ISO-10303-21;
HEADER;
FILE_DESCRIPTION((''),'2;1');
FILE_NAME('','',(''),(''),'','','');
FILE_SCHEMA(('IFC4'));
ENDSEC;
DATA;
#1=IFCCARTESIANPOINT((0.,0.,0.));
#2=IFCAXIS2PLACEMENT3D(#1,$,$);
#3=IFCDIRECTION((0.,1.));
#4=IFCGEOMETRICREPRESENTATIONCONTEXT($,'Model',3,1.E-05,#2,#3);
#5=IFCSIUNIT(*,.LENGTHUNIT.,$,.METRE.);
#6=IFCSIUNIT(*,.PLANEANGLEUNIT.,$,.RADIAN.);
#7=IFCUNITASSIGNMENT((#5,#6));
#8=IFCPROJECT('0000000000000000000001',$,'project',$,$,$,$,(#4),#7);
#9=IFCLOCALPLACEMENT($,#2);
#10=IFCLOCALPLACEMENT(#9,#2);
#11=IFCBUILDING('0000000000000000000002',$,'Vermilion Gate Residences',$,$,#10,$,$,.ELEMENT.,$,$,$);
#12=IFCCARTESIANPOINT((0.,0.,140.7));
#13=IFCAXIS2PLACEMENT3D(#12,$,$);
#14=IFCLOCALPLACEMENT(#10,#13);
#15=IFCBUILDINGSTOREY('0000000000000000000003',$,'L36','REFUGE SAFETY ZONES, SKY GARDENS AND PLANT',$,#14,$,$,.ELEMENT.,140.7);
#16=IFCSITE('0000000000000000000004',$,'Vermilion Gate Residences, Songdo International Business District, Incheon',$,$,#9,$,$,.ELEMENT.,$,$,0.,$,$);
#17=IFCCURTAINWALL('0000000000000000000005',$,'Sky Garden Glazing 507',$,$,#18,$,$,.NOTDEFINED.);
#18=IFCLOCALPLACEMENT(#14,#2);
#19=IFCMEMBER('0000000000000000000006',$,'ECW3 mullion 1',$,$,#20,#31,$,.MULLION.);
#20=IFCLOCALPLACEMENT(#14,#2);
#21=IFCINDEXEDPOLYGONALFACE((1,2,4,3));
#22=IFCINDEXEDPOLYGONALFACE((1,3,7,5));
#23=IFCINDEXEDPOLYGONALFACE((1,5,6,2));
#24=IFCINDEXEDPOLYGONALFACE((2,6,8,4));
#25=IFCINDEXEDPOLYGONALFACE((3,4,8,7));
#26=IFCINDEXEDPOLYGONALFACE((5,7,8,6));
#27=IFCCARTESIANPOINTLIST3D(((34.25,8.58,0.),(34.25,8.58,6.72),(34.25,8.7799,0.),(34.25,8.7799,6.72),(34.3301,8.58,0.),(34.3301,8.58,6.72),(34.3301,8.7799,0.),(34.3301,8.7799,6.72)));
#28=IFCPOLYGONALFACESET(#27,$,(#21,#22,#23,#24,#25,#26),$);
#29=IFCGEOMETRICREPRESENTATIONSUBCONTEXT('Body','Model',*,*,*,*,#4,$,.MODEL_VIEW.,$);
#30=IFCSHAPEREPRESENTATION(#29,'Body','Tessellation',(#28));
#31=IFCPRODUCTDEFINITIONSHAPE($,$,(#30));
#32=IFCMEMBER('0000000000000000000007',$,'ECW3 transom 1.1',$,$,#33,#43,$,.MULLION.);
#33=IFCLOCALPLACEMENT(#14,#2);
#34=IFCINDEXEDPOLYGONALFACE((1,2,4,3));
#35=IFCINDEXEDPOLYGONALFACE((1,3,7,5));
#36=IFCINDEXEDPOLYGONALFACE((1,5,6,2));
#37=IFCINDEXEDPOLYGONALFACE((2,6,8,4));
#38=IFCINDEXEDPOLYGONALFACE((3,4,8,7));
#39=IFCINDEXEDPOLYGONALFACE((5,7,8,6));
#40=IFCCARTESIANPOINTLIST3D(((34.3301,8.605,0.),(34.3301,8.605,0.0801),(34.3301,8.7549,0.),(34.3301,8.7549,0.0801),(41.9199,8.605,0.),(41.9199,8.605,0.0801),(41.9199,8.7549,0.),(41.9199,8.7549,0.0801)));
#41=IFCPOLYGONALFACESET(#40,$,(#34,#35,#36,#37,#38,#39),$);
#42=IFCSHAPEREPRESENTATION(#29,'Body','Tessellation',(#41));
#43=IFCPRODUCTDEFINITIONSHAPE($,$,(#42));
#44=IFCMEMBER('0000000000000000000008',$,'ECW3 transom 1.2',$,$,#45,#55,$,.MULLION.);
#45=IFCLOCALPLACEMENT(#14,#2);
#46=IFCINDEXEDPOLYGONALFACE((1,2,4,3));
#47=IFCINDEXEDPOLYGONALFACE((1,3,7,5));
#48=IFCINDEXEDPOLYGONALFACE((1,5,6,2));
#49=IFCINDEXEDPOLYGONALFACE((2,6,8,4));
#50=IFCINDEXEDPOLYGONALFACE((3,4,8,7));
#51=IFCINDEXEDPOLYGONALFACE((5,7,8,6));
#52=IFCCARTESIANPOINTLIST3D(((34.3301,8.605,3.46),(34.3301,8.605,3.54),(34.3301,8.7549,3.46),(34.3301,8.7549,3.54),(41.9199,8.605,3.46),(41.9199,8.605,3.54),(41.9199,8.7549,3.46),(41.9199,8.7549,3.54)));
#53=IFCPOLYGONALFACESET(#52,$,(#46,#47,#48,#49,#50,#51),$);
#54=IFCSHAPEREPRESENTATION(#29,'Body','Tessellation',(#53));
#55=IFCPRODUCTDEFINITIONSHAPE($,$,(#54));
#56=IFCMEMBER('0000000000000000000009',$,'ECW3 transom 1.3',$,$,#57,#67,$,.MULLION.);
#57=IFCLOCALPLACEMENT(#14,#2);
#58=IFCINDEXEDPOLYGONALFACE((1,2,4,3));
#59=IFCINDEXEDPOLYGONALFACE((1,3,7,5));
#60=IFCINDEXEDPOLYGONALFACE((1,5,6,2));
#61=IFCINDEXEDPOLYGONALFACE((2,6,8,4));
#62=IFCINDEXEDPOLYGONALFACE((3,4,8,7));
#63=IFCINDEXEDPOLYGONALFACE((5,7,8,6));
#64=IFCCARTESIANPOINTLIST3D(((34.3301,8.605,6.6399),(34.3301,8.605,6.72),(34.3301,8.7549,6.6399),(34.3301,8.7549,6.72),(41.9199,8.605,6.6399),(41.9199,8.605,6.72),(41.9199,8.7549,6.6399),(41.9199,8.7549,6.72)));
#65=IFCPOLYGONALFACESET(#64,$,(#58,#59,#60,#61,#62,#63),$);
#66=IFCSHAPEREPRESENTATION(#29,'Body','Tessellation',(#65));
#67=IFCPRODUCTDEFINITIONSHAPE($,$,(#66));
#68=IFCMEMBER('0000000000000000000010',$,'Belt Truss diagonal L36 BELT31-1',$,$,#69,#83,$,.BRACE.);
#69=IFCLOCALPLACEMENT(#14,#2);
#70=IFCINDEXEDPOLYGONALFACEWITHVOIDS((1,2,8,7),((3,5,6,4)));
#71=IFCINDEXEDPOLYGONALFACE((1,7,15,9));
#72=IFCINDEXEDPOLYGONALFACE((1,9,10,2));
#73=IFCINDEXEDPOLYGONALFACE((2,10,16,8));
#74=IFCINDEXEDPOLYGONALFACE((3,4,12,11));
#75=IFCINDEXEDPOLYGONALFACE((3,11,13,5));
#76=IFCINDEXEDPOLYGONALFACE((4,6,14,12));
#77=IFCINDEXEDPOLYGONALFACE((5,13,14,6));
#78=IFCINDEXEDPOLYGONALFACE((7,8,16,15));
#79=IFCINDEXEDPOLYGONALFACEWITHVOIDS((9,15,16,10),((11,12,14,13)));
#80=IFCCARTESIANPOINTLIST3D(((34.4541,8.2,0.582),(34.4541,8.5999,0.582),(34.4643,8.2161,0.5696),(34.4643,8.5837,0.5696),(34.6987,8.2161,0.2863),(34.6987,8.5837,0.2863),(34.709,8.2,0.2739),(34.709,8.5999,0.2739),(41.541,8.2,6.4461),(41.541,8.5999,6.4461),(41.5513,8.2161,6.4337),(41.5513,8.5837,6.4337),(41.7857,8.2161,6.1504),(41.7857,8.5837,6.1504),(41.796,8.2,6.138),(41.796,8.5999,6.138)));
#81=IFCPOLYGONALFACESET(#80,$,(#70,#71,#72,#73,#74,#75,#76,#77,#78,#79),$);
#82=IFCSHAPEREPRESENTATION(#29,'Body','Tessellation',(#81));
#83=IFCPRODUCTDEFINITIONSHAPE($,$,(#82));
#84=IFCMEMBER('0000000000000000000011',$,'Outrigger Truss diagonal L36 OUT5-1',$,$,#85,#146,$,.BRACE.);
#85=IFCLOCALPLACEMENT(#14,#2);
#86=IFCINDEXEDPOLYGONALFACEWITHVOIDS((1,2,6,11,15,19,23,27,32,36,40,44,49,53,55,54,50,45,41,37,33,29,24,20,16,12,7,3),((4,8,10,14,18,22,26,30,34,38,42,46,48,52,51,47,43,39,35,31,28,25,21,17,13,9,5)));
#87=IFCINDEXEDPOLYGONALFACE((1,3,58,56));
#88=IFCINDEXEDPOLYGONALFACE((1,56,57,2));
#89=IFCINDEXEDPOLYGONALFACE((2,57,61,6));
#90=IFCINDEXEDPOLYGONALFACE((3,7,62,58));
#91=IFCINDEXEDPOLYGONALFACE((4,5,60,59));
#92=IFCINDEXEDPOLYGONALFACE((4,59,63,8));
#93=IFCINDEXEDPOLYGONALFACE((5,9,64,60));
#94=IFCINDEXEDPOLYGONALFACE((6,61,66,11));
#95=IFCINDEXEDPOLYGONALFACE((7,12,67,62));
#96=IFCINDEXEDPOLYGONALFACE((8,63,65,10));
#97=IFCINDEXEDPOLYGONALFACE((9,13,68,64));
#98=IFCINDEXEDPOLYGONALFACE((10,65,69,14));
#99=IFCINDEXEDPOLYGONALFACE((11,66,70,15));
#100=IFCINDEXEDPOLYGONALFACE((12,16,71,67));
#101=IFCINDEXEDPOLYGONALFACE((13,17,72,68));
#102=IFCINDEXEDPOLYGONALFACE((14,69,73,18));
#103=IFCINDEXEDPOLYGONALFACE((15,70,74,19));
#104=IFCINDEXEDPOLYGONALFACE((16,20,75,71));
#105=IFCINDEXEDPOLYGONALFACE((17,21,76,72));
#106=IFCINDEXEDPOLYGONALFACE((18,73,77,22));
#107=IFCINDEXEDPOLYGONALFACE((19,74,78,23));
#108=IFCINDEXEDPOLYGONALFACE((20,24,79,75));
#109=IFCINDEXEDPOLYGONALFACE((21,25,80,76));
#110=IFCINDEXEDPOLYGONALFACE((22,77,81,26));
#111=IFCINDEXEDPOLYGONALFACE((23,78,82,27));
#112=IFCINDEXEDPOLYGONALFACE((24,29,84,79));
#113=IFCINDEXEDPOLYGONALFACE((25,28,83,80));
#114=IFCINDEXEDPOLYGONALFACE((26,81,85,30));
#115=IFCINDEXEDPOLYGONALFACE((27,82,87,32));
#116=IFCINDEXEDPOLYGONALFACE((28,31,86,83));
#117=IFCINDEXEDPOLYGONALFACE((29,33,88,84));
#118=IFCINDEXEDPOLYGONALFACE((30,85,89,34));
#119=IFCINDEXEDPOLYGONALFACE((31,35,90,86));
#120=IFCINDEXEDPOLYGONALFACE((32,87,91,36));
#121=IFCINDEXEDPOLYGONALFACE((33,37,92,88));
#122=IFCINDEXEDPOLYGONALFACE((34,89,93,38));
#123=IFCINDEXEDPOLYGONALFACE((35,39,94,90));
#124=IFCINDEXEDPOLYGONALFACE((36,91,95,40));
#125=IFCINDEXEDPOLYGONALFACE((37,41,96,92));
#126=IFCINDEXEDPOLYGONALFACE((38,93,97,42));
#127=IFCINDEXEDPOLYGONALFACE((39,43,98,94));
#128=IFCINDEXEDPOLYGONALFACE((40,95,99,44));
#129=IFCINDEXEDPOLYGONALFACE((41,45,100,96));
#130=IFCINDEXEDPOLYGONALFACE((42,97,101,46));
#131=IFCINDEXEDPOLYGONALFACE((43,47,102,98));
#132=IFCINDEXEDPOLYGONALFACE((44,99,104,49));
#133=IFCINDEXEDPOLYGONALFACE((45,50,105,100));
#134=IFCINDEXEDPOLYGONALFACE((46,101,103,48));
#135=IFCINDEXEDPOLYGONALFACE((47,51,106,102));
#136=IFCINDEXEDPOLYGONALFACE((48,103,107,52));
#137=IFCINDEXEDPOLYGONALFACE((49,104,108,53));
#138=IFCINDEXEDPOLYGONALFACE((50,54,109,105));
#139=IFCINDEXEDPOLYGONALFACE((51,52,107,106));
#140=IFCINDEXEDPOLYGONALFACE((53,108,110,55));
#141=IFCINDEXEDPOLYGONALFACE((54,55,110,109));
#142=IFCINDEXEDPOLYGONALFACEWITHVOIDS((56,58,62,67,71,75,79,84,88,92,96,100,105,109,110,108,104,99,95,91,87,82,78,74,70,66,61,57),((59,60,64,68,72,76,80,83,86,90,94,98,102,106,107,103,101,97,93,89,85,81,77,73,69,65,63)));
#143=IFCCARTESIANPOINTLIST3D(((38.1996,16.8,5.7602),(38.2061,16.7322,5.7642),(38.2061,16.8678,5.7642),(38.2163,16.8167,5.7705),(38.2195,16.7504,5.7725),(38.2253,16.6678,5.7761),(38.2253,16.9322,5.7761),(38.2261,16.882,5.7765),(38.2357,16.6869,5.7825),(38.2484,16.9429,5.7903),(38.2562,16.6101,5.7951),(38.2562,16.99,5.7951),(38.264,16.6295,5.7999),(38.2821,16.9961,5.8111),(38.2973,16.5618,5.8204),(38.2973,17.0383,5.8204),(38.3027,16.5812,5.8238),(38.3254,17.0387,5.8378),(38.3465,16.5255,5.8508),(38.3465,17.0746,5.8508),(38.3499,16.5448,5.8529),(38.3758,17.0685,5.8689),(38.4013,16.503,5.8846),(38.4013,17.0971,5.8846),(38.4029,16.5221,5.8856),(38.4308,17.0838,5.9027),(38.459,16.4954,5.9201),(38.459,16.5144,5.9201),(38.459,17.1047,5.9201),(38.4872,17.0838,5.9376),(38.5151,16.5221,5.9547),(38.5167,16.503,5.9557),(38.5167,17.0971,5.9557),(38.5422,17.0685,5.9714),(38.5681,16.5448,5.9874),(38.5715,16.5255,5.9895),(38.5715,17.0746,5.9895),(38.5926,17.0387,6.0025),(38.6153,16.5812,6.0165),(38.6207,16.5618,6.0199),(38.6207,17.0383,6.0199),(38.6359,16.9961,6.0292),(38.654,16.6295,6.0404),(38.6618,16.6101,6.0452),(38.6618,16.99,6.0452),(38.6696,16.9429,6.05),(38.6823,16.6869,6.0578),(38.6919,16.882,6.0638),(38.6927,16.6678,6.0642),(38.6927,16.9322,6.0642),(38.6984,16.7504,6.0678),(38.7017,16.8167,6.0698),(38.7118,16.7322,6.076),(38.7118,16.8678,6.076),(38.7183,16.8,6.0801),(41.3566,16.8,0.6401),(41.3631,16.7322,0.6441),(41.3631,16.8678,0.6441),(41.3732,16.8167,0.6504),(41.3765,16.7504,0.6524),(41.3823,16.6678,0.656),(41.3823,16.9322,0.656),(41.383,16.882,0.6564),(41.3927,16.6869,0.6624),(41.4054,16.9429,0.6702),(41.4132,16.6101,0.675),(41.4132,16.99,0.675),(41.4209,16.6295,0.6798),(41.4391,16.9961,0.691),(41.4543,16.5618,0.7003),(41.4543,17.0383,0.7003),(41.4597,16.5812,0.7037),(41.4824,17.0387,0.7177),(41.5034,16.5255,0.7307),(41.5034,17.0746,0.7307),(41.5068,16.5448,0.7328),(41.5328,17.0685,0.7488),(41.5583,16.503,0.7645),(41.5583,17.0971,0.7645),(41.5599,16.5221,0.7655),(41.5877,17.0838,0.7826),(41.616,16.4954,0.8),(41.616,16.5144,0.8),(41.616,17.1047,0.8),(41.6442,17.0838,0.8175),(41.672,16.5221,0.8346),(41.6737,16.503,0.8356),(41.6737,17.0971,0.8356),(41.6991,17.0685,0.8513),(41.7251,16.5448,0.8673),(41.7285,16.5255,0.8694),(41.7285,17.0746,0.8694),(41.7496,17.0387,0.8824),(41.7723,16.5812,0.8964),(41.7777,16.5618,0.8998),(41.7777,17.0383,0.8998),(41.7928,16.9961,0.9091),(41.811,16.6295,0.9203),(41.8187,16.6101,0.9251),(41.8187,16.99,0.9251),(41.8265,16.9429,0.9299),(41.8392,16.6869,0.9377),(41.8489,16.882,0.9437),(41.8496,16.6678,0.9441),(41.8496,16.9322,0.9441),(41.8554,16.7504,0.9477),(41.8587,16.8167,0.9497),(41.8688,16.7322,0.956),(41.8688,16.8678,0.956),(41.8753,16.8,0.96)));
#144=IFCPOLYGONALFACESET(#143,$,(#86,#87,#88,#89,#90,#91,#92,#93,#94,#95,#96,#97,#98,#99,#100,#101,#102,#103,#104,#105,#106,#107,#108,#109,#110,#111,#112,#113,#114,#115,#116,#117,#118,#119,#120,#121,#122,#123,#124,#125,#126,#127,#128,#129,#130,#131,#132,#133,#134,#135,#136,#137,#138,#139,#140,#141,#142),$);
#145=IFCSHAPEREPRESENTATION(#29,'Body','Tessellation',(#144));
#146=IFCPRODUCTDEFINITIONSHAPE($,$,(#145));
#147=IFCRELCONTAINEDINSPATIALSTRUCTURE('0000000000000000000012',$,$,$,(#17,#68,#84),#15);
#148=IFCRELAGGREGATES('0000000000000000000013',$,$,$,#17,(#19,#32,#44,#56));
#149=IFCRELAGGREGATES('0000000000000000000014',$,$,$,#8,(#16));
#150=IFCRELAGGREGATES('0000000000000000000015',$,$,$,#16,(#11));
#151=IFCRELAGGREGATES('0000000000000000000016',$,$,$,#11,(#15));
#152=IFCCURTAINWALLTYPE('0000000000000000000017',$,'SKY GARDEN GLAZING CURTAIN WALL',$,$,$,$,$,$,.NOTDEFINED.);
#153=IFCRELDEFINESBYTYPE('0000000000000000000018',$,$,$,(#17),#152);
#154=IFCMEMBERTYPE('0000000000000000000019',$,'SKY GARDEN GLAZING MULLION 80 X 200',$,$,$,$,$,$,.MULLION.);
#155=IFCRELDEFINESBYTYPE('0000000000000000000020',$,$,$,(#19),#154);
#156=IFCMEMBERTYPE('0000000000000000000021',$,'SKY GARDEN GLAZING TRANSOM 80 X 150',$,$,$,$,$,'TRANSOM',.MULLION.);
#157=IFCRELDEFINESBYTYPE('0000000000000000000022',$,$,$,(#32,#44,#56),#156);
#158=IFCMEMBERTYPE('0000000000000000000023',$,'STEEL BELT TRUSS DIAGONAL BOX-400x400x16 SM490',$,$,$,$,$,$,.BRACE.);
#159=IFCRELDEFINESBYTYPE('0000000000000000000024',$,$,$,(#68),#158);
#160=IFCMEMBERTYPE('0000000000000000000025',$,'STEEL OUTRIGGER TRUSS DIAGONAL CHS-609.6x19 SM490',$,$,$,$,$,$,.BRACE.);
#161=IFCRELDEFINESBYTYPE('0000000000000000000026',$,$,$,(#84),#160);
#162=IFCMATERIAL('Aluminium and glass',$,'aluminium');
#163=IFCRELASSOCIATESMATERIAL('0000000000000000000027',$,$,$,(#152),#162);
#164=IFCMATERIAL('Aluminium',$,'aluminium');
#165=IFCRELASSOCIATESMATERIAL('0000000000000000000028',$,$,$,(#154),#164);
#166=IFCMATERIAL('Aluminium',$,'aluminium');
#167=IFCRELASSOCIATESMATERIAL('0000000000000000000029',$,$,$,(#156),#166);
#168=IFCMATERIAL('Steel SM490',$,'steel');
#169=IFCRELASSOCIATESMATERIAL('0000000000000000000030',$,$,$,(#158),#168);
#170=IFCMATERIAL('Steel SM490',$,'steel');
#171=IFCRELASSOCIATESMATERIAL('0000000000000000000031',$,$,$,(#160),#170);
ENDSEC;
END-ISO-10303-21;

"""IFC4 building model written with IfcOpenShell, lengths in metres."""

from ifc_helpers import new_model, si_unit, direction, frame, origin, origin_2d, place, context, subcontext, project, spatial, rectangle, hollow_rectangle, hollow_circle, extrude, material, material_profile, profile_set, type_object, element, aggregate, save


model = new_model("IFC4")

# Units and contexts
model_context = context("Model", 3, precision=1e-05, world=origin(), true_north=direction((0.0, 1.0)))
body_context = subcontext(model_context, "Body", "Model", "MODEL_VIEW")
ifc_project = project(units=[si_unit("LENGTHUNIT", "METRE"), si_unit("PLANEANGLEUNIT", "RADIAN")], contexts=[model_context])

# Site, building, storey
site_placement = place(None, origin())
site = spatial("IfcSite", under=ifc_project, at=site_placement, Name="Vermilion Gate Residences, Songdo International Business District, Incheon", CompositionType="ELEMENT", RefElevation=0.0)
building_placement = place(site_placement, origin())
building = spatial("IfcBuilding", under=site, at=building_placement, Name="Vermilion Gate Residences", CompositionType="ELEMENT")
storey_placement = place(building_placement, frame((0.0, 0.0, 140.7)))
storey = spatial("IfcBuildingStorey", under=building, at=storey_placement, Name="L36", Description="REFUGE SAFETY ZONES, SKY GARDENS AND PLANT", CompositionType="ELEMENT", Elevation=140.7)

# Curtain wall, members
ifc_material_1 = material(Name="Aluminium and glass", Category="aluminium")
curtain_wall_type = type_object("IfcCurtainWallType", Name="SKY GARDEN GLAZING CURTAIN WALL", PredefinedType="NOTDEFINED", material=ifc_material_1)
curtain_wall_1_placement = place(storey_placement, origin())
curtain_wall_1 = element("IfcCurtainWall", 1, at=curtain_wall_1_placement, inside=storey, type_object=curtain_wall_type, Name="Sky Garden Glazing 507", PredefinedType="NOTDEFINED")
ifc_material_2 = material(Name="Aluminium", Category="aluminium")
ifc_material_profile_1 = material_profile(ifc_material_2, rectangle(XDim=0.2, YDim=0.0801, at=origin_2d()), Name="MULLION 80 X 200")
ifc_profile_set_1 = profile_set([ifc_material_profile_1], Name="Aluminium")
member_type_1 = type_object("IfcMemberType", Name="SKY GARDEN GLAZING MULLION 80 X 200", PredefinedType="MULLION", material=ifc_profile_set_1)
member_1_placement = place(storey_placement, frame((34.29, 8.6799, 0.0), z_axis=(0.0, 0.0, 1.0), x_axis=(0.0, 1.0, 0.0)))
member_1 = element("IfcMember", 2, at=member_1_placement, type_object=member_type_1, Name="ECW3 mullion 1", PredefinedType="MULLION", context=body_context, shape_type="SweptSolid", body=[
    extrude(rectangle(XDim=0.2, YDim=0.0801, at=origin_2d()), origin(), (0.0, 0.0, 1.0), 6.72),
])
ifc_material_3 = material(Name="Aluminium", Category="aluminium")
ifc_material_profile_2 = material_profile(ifc_material_3, rectangle(XDim=0.1499, YDim=0.0801, at=origin_2d()), Name="TRANSOM 80 X 150")
ifc_profile_set_2 = profile_set([ifc_material_profile_2], Name="Aluminium")
member_type_2 = type_object("IfcMemberType", Name="SKY GARDEN GLAZING TRANSOM 80 X 150", ElementType="TRANSOM", PredefinedType="MULLION", material=ifc_profile_set_2)
member_2_placement = place(storey_placement, frame((34.3301, 8.6799, 0.04), z_axis=(1.0, 0.0, 0.0), x_axis=(0.0, 1.0, 0.0)))
member_2 = element("IfcMember", 3, at=member_2_placement, type_object=member_type_2, Name="ECW3 transom 1.1", PredefinedType="MULLION", context=body_context, shape_type="SweptSolid", body=[
    extrude(rectangle(XDim=0.1499, YDim=0.0801, at=origin_2d()), origin(), (0.0, 0.0, 1.0), 7.5898),
])
member_3_placement = place(storey_placement, frame((34.3301, 8.6799, 3.5), z_axis=(1.0, 0.0, 0.0), x_axis=(0.0, 1.0, 0.0)))
member_3 = element("IfcMember", 4, at=member_3_placement, type_object=member_type_2, Name="ECW3 transom 1.2", PredefinedType="MULLION", context=body_context, shape_type="SweptSolid", body=[
    extrude(rectangle(XDim=0.1499, YDim=0.0801, at=origin_2d()), origin(), (0.0, 0.0, 1.0), 7.5898),
])
member_4_placement = place(storey_placement, frame((34.3301, 8.6799, 6.6799), z_axis=(1.0, 0.0, 0.0), x_axis=(0.0, 1.0, 0.0)))
member_4 = element("IfcMember", 5, at=member_4_placement, type_object=member_type_2, Name="ECW3 transom 1.3", PredefinedType="MULLION", context=body_context, shape_type="SweptSolid", body=[
    extrude(rectangle(XDim=0.1499, YDim=0.0801, at=origin_2d()), origin(), (0.0, 0.0, 1.0), 7.5898),
])

# Members
ifc_material_4 = material(Name="Steel SM490", Category="steel")
ifc_material_profile_3 = material_profile(ifc_material_4, hollow_rectangle(XDim=0.3999, YDim=0.3999, WallThickness=0.0161, at=origin_2d()), Name="BOX-400x400x16")
ifc_profile_set_3 = profile_set([ifc_material_profile_3], Name="Steel SM490")
member_type_3 = type_object("IfcMemberType", Name="STEEL BELT TRUSS DIAGONAL BOX-400x400x16 SM490", PredefinedType="BRACE", material=ifc_profile_set_3)
member_5_placement = place(storey_placement, frame((34.5815, 8.3999, 0.428), z_axis=(0.770449, 0.0, 0.637502), x_axis=(0.0, 1.0, 0.0)))
element("IfcMember", 6, at=member_5_placement, inside=storey, type_object=member_type_3, Name="Belt Truss diagonal L36 BELT31-1", PredefinedType="BRACE", context=body_context, shape_type="SweptSolid", body=[
    extrude(hollow_rectangle(XDim=0.3999, YDim=0.3999, WallThickness=0.0161, at=origin_2d()), origin(), (0.0, 0.0, 1.0), 9.1985),
])
ifc_material_5 = material(Name="Steel SM490", Category="steel")
ifc_material_profile_4 = material_profile(ifc_material_5, hollow_circle(Radius=0.3047, WallThickness=0.019, at=origin_2d()), Name="CHS-609.6x19")
ifc_profile_set_4 = profile_set([ifc_material_profile_4], Name="Steel SM490")
member_type_4 = type_object("IfcMemberType", Name="STEEL OUTRIGGER TRUSS DIAGONAL CHS-609.6x19 SM490", PredefinedType="BRACE", material=ifc_profile_set_4)
for number, where, z_axis, x_axis, name in (
    (7, (41.616, 16.8, 0.8), (-0.524838, 0.0, 0.851202), (0.0, -1.0, 0.0), "Outrigger Truss diagonal L36 OUT5-1"),
):
    element("IfcMember", number, at=place(storey_placement, frame(where, z_axis=z_axis, x_axis=x_axis)), inside=storey, type_object=member_type_4, Name=name, PredefinedType="BRACE", context=body_context, shape_type="SweptSolid", body=[
        extrude(hollow_circle(Radius=0.3047, WallThickness=0.019, at=origin_2d()), origin(), (0.0, 0.0, 1.0), 6.0151),
    ])

aggregate(curtain_wall_1, [member_1, member_2, member_3, member_4])

save(model, "model.ifc")
